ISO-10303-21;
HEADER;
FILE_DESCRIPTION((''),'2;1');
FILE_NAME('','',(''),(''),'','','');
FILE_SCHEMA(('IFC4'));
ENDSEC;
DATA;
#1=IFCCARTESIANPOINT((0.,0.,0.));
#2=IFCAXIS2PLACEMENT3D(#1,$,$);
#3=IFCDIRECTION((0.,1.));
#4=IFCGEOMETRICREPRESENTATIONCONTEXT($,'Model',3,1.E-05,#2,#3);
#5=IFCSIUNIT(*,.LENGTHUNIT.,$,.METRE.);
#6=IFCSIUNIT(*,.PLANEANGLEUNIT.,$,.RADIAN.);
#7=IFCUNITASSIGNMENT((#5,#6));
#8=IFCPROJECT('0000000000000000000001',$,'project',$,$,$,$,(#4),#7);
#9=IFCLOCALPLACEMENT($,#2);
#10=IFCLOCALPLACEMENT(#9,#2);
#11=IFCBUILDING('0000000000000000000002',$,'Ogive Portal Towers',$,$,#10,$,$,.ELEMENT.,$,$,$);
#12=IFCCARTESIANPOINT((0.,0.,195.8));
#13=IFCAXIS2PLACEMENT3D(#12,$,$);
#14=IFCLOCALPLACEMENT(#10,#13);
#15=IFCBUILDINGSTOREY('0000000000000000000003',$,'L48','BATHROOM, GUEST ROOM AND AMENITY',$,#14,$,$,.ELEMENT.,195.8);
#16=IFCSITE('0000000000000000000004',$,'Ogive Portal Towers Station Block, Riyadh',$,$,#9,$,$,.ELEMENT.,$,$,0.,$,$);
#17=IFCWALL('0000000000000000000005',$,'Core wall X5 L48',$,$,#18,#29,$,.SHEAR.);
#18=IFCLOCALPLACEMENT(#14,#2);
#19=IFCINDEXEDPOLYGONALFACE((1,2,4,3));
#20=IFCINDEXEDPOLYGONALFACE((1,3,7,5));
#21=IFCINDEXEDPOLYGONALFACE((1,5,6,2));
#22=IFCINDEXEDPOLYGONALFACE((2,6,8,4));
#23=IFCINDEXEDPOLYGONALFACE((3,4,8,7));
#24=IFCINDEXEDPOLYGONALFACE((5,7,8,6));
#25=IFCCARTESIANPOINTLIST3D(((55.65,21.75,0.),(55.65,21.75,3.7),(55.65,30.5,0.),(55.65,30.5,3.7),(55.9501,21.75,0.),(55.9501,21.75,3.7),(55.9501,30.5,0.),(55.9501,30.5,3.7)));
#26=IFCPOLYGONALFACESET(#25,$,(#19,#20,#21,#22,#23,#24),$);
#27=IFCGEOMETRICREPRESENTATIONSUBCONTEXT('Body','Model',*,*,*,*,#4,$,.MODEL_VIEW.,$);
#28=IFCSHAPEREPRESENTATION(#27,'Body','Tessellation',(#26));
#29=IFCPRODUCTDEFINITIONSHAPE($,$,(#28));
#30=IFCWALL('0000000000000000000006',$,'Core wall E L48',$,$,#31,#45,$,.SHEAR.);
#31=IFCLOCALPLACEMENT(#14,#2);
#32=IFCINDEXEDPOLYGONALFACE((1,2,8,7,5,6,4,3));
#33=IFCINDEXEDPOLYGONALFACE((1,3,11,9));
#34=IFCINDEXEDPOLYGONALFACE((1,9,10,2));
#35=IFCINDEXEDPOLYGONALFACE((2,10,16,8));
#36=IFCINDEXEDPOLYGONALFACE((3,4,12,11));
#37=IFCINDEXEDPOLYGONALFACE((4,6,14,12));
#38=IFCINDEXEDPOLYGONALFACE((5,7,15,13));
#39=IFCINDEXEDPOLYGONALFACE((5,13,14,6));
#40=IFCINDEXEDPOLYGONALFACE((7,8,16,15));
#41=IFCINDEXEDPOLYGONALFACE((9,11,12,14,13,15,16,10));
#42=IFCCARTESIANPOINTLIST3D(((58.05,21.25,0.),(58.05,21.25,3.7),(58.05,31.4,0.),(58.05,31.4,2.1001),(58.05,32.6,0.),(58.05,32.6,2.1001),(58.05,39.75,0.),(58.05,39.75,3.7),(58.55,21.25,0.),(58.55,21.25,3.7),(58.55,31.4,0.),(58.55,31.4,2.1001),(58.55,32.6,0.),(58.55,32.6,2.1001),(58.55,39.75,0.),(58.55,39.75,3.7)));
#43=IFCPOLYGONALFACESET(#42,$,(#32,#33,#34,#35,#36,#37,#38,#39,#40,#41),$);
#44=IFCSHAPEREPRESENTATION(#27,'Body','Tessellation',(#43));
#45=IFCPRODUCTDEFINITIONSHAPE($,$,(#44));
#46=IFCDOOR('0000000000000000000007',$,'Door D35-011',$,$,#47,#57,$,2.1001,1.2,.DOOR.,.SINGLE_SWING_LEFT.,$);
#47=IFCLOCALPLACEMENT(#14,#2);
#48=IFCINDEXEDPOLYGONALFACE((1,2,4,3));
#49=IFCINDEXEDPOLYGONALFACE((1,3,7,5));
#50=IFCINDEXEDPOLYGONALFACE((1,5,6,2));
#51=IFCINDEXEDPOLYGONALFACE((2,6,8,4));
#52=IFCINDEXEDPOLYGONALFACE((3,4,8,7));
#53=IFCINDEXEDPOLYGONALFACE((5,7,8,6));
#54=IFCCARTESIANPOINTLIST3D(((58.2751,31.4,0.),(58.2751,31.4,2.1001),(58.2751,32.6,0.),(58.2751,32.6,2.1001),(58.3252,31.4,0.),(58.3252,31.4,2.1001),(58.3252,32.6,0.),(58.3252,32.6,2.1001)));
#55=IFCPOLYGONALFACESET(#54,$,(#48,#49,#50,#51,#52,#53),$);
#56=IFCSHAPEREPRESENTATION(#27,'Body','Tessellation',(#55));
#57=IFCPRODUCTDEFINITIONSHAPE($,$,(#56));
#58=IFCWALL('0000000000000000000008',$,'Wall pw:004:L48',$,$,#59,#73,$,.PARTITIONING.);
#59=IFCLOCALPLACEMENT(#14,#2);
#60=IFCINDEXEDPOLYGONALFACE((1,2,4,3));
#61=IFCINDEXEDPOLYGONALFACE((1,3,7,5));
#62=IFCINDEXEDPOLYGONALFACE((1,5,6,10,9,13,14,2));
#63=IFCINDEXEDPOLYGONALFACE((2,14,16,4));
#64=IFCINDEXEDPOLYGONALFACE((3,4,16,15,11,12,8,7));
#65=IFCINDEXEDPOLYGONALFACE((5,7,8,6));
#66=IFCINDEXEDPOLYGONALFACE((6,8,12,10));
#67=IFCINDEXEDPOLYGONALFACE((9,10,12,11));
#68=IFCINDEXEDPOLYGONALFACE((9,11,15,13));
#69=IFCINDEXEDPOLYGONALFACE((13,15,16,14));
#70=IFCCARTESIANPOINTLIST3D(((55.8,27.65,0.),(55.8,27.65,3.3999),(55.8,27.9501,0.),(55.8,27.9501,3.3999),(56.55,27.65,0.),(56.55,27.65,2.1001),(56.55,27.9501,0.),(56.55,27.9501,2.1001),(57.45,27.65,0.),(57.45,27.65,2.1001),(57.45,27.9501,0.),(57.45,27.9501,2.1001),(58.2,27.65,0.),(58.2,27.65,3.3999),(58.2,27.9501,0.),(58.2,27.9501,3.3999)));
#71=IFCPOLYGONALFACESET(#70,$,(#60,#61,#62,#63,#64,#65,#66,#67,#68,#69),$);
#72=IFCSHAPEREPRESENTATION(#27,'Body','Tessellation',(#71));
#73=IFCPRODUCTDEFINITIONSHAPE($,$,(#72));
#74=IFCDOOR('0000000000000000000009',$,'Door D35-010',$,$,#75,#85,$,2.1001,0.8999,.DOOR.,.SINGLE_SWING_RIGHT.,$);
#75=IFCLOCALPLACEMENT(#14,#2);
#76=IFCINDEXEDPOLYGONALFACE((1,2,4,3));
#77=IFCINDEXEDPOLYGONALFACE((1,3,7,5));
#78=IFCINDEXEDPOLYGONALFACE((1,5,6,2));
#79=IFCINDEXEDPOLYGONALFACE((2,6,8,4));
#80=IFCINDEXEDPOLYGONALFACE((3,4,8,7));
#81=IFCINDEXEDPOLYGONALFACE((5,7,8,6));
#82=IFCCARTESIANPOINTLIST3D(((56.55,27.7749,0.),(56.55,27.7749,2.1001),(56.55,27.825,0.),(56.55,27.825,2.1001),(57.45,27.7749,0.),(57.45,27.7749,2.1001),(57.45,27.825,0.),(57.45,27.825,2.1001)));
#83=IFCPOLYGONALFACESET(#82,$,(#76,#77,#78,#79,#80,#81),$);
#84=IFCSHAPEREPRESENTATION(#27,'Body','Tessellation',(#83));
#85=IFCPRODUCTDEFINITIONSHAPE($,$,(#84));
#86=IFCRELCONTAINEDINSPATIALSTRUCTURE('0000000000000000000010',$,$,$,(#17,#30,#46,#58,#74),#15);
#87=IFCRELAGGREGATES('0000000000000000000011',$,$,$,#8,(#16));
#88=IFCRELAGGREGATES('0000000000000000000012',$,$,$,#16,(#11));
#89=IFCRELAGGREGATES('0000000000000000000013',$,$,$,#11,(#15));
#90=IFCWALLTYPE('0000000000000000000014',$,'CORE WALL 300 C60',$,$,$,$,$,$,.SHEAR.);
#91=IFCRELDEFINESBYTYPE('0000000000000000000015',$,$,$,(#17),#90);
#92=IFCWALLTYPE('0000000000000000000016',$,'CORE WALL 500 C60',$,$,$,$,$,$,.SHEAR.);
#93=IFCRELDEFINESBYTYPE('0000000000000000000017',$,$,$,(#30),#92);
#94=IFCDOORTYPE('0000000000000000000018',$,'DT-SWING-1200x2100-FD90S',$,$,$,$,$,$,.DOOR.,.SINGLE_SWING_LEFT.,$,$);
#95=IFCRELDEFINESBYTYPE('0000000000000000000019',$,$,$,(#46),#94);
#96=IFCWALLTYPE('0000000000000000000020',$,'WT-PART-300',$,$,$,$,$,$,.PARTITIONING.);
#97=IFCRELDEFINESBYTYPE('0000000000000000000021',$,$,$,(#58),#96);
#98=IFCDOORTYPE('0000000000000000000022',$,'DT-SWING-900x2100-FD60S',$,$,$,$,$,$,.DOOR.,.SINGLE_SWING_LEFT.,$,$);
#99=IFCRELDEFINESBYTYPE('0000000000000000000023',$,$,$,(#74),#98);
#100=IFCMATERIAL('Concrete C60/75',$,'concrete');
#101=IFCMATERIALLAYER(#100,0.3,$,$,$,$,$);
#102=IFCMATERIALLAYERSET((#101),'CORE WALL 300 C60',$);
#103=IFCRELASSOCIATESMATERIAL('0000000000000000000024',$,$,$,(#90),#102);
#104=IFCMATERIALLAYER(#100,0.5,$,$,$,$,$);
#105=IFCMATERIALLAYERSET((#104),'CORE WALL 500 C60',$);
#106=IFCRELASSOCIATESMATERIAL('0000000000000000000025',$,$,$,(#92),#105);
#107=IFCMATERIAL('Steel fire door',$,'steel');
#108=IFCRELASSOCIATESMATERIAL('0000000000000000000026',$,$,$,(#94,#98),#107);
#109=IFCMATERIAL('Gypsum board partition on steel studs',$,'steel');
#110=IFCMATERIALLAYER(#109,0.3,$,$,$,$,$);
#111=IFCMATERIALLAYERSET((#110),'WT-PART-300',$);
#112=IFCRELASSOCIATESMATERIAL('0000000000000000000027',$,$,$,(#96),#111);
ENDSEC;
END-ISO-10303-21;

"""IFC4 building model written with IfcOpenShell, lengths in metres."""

from ifc_helpers import new_model, si_unit, direction, frame, frame_2d, origin, place, context, subcontext, project, spatial, rectangle, extrude, material, layer, layer_set, type_object, element, fill, save


model = new_model("IFC4")

# Units and contexts
model_context = context("Model", 3, precision=1e-05, world=origin(), true_north=direction((0.0, 1.0)))
body_context = subcontext(model_context, "Body", "Model", "MODEL_VIEW")
ifc_project = project(units=[si_unit("LENGTHUNIT", "METRE"), si_unit("PLANEANGLEUNIT", "RADIAN")], contexts=[model_context])

# Site, building, storey
site_placement = place(None, origin())
site = spatial("IfcSite", under=ifc_project, at=site_placement, Name="Ogive Portal Towers Station Block, Riyadh", CompositionType="ELEMENT", RefElevation=0.0)
building_placement = place(site_placement, origin())
building = spatial("IfcBuilding", under=site, at=building_placement, Name="Ogive Portal Towers", CompositionType="ELEMENT")
storey_placement = place(building_placement, frame((0.0, 0.0, 195.8)))
storey = spatial("IfcBuildingStorey", under=building, at=storey_placement, Name="L48", Description="BATHROOM, GUEST ROOM AND AMENITY", CompositionType="ELEMENT", Elevation=195.8)

# Wall
ifc_material_1 = material(Name="Concrete C60/75", Category="concrete")
ifc_layer_1 = layer(ifc_material_1, 0.3)
ifc_layer_set_1 = layer_set([ifc_layer_1], Name="CORE WALL 300 C60")
wall_type_1 = type_object("IfcWallType", Name="CORE WALL 300 C60", PredefinedType="SHEAR", material=ifc_layer_set_1)
wall_1_placement = place(storey_placement, frame((55.8, 21.75, 0.0), z_axis=(0.0, 0.0, 1.0), x_axis=(0.0, 1.0, 0.0)))
element("IfcWall", 1, at=wall_1_placement, inside=storey, type_object=wall_type_1, Name="Core wall X5 L48", PredefinedType="SHEAR", context=body_context, shape_type="SweptSolid", body=[
    extrude(rectangle(XDim=8.75, YDim=0.3, at=frame_2d((4.375, 0.0))), origin(), (0.0, 0.0, 1.0), 3.7),
])

# Walls, openings, doors
ifc_layer_2 = layer(ifc_material_1, 0.5)
ifc_layer_set_2 = layer_set([ifc_layer_2], Name="CORE WALL 500 C60")
wall_type_2 = type_object("IfcWallType", Name="CORE WALL 500 C60", PredefinedType="SHEAR", material=ifc_layer_set_2)
wall_2_placement = place(storey_placement, frame((58.3, 21.25, 0.0), z_axis=(0.0, 0.0, 1.0), x_axis=(0.0, 1.0, 0.0)))
wall_2 = element("IfcWall", 2, at=wall_2_placement, inside=storey, type_object=wall_type_2, Name="Core wall E L48", PredefinedType="SHEAR", context=body_context, shape_type="SweptSolid", body=[
    extrude(rectangle(XDim=18.5, YDim=0.5, at=frame_2d((9.25, 0.0))), origin(), (0.0, 0.0, 1.0), 3.7),
])
opening_1_placement = place(wall_2_placement, frame((10.1499, 0.0, 0.0)))
opening_1 = element("IfcOpeningElement", 3, at=opening_1_placement, cuts=wall_2, PredefinedType="OPENING", context=body_context, shape_type="SweptSolid", body=[
    extrude(rectangle(XDim=1.2, YDim=2.1001, at=frame_2d((0.6001, 1.05))), frame((0.0, 0.26, 0.0), z_axis=(0.0, -1.0, 0.0), x_axis=(1.0, 0.0, 0.0)), (0.0, 0.0, 1.0), 0.52),
])
ifc_material_2 = material(Name="Steel fire door", Category="steel")
door_type_1 = type_object("IfcDoorType", Name="DT-SWING-1200x2100-FD90S", OperationType="SINGLE_SWING_LEFT", PredefinedType="DOOR", material=ifc_material_2)
door_1_placement = place(opening_1_placement, origin())
door_1 = element("IfcDoor", 4, at=door_1_placement, inside=storey, type_object=door_type_1, Name="Door D35-011", OperationType="SINGLE_SWING_LEFT", OverallHeight=2.1001, OverallWidth=1.2, PredefinedType="DOOR", context=body_context, shape_type="SweptSolid", body=[
    extrude(rectangle(XDim=1.2, YDim=2.1001, at=frame_2d((0.6001, 1.05))), frame((0.0, 0.0249, 0.0), z_axis=(0.0, -1.0, 0.0), x_axis=(1.0, 0.0, 0.0)), (0.0, 0.0, 1.0), 0.05),
])
fill(opening_1, door_1)
ifc_material_3 = material(Name="Gypsum board partition on steel studs", Category="steel")
ifc_layer_3 = layer(ifc_material_3, 0.3)
ifc_layer_set_3 = layer_set([ifc_layer_3], Name="WT-PART-300")
wall_type_3 = type_object("IfcWallType", Name="WT-PART-300", PredefinedType="PARTITIONING", material=ifc_layer_set_3)
wall_3_placement = place(storey_placement, frame((55.8, 27.8, 0.0), z_axis=(0.0, 0.0, 1.0), x_axis=(1.0, 0.0, 0.0)))
wall_3 = element("IfcWall", 5, at=wall_3_placement, inside=storey, type_object=wall_type_3, Name="Wall pw:004:L48", PredefinedType="PARTITIONING", context=body_context, shape_type="SweptSolid", body=[
    extrude(rectangle(XDim=2.3999, YDim=0.3, at=frame_2d((1.2, 0.0))), origin(), (0.0, 0.0, 1.0), 3.3999),
])
opening_2_placement = place(wall_3_placement, frame((0.75, 0.0, 0.0)))
opening_2 = element("IfcOpeningElement", 6, at=opening_2_placement, cuts=wall_3, PredefinedType="OPENING", context=body_context, shape_type="SweptSolid", body=[
    extrude(rectangle(XDim=0.8999, YDim=2.1001, at=frame_2d((0.45, 1.05))), frame((0.0, 0.1602, 0.0), z_axis=(0.0, -1.0, 0.0), x_axis=(1.0, 0.0, 0.0)), (0.0, 0.0, 1.0), 0.3201),
])
door_type_2 = type_object("IfcDoorType", Name="DT-SWING-900x2100-FD60S", OperationType="SINGLE_SWING_LEFT", PredefinedType="DOOR", material=ifc_material_2)
door_2_placement = place(opening_2_placement, origin())
door_2 = element("IfcDoor", 7, at=door_2_placement, inside=storey, type_object=door_type_2, Name="Door D35-010", OperationType="SINGLE_SWING_RIGHT", OverallHeight=2.1001, OverallWidth=0.8999, PredefinedType="DOOR", context=body_context, shape_type="SweptSolid", body=[
    extrude(rectangle(XDim=0.8999, YDim=2.1001, at=frame_2d((0.45, 1.05))), frame((0.0, 0.0249, 0.0), z_axis=(0.0, -1.0, 0.0), x_axis=(1.0, 0.0, 0.0)), (0.0, 0.0, 1.0), 0.05),
])
fill(opening_2, door_2)

save(model, "model.ifc")
